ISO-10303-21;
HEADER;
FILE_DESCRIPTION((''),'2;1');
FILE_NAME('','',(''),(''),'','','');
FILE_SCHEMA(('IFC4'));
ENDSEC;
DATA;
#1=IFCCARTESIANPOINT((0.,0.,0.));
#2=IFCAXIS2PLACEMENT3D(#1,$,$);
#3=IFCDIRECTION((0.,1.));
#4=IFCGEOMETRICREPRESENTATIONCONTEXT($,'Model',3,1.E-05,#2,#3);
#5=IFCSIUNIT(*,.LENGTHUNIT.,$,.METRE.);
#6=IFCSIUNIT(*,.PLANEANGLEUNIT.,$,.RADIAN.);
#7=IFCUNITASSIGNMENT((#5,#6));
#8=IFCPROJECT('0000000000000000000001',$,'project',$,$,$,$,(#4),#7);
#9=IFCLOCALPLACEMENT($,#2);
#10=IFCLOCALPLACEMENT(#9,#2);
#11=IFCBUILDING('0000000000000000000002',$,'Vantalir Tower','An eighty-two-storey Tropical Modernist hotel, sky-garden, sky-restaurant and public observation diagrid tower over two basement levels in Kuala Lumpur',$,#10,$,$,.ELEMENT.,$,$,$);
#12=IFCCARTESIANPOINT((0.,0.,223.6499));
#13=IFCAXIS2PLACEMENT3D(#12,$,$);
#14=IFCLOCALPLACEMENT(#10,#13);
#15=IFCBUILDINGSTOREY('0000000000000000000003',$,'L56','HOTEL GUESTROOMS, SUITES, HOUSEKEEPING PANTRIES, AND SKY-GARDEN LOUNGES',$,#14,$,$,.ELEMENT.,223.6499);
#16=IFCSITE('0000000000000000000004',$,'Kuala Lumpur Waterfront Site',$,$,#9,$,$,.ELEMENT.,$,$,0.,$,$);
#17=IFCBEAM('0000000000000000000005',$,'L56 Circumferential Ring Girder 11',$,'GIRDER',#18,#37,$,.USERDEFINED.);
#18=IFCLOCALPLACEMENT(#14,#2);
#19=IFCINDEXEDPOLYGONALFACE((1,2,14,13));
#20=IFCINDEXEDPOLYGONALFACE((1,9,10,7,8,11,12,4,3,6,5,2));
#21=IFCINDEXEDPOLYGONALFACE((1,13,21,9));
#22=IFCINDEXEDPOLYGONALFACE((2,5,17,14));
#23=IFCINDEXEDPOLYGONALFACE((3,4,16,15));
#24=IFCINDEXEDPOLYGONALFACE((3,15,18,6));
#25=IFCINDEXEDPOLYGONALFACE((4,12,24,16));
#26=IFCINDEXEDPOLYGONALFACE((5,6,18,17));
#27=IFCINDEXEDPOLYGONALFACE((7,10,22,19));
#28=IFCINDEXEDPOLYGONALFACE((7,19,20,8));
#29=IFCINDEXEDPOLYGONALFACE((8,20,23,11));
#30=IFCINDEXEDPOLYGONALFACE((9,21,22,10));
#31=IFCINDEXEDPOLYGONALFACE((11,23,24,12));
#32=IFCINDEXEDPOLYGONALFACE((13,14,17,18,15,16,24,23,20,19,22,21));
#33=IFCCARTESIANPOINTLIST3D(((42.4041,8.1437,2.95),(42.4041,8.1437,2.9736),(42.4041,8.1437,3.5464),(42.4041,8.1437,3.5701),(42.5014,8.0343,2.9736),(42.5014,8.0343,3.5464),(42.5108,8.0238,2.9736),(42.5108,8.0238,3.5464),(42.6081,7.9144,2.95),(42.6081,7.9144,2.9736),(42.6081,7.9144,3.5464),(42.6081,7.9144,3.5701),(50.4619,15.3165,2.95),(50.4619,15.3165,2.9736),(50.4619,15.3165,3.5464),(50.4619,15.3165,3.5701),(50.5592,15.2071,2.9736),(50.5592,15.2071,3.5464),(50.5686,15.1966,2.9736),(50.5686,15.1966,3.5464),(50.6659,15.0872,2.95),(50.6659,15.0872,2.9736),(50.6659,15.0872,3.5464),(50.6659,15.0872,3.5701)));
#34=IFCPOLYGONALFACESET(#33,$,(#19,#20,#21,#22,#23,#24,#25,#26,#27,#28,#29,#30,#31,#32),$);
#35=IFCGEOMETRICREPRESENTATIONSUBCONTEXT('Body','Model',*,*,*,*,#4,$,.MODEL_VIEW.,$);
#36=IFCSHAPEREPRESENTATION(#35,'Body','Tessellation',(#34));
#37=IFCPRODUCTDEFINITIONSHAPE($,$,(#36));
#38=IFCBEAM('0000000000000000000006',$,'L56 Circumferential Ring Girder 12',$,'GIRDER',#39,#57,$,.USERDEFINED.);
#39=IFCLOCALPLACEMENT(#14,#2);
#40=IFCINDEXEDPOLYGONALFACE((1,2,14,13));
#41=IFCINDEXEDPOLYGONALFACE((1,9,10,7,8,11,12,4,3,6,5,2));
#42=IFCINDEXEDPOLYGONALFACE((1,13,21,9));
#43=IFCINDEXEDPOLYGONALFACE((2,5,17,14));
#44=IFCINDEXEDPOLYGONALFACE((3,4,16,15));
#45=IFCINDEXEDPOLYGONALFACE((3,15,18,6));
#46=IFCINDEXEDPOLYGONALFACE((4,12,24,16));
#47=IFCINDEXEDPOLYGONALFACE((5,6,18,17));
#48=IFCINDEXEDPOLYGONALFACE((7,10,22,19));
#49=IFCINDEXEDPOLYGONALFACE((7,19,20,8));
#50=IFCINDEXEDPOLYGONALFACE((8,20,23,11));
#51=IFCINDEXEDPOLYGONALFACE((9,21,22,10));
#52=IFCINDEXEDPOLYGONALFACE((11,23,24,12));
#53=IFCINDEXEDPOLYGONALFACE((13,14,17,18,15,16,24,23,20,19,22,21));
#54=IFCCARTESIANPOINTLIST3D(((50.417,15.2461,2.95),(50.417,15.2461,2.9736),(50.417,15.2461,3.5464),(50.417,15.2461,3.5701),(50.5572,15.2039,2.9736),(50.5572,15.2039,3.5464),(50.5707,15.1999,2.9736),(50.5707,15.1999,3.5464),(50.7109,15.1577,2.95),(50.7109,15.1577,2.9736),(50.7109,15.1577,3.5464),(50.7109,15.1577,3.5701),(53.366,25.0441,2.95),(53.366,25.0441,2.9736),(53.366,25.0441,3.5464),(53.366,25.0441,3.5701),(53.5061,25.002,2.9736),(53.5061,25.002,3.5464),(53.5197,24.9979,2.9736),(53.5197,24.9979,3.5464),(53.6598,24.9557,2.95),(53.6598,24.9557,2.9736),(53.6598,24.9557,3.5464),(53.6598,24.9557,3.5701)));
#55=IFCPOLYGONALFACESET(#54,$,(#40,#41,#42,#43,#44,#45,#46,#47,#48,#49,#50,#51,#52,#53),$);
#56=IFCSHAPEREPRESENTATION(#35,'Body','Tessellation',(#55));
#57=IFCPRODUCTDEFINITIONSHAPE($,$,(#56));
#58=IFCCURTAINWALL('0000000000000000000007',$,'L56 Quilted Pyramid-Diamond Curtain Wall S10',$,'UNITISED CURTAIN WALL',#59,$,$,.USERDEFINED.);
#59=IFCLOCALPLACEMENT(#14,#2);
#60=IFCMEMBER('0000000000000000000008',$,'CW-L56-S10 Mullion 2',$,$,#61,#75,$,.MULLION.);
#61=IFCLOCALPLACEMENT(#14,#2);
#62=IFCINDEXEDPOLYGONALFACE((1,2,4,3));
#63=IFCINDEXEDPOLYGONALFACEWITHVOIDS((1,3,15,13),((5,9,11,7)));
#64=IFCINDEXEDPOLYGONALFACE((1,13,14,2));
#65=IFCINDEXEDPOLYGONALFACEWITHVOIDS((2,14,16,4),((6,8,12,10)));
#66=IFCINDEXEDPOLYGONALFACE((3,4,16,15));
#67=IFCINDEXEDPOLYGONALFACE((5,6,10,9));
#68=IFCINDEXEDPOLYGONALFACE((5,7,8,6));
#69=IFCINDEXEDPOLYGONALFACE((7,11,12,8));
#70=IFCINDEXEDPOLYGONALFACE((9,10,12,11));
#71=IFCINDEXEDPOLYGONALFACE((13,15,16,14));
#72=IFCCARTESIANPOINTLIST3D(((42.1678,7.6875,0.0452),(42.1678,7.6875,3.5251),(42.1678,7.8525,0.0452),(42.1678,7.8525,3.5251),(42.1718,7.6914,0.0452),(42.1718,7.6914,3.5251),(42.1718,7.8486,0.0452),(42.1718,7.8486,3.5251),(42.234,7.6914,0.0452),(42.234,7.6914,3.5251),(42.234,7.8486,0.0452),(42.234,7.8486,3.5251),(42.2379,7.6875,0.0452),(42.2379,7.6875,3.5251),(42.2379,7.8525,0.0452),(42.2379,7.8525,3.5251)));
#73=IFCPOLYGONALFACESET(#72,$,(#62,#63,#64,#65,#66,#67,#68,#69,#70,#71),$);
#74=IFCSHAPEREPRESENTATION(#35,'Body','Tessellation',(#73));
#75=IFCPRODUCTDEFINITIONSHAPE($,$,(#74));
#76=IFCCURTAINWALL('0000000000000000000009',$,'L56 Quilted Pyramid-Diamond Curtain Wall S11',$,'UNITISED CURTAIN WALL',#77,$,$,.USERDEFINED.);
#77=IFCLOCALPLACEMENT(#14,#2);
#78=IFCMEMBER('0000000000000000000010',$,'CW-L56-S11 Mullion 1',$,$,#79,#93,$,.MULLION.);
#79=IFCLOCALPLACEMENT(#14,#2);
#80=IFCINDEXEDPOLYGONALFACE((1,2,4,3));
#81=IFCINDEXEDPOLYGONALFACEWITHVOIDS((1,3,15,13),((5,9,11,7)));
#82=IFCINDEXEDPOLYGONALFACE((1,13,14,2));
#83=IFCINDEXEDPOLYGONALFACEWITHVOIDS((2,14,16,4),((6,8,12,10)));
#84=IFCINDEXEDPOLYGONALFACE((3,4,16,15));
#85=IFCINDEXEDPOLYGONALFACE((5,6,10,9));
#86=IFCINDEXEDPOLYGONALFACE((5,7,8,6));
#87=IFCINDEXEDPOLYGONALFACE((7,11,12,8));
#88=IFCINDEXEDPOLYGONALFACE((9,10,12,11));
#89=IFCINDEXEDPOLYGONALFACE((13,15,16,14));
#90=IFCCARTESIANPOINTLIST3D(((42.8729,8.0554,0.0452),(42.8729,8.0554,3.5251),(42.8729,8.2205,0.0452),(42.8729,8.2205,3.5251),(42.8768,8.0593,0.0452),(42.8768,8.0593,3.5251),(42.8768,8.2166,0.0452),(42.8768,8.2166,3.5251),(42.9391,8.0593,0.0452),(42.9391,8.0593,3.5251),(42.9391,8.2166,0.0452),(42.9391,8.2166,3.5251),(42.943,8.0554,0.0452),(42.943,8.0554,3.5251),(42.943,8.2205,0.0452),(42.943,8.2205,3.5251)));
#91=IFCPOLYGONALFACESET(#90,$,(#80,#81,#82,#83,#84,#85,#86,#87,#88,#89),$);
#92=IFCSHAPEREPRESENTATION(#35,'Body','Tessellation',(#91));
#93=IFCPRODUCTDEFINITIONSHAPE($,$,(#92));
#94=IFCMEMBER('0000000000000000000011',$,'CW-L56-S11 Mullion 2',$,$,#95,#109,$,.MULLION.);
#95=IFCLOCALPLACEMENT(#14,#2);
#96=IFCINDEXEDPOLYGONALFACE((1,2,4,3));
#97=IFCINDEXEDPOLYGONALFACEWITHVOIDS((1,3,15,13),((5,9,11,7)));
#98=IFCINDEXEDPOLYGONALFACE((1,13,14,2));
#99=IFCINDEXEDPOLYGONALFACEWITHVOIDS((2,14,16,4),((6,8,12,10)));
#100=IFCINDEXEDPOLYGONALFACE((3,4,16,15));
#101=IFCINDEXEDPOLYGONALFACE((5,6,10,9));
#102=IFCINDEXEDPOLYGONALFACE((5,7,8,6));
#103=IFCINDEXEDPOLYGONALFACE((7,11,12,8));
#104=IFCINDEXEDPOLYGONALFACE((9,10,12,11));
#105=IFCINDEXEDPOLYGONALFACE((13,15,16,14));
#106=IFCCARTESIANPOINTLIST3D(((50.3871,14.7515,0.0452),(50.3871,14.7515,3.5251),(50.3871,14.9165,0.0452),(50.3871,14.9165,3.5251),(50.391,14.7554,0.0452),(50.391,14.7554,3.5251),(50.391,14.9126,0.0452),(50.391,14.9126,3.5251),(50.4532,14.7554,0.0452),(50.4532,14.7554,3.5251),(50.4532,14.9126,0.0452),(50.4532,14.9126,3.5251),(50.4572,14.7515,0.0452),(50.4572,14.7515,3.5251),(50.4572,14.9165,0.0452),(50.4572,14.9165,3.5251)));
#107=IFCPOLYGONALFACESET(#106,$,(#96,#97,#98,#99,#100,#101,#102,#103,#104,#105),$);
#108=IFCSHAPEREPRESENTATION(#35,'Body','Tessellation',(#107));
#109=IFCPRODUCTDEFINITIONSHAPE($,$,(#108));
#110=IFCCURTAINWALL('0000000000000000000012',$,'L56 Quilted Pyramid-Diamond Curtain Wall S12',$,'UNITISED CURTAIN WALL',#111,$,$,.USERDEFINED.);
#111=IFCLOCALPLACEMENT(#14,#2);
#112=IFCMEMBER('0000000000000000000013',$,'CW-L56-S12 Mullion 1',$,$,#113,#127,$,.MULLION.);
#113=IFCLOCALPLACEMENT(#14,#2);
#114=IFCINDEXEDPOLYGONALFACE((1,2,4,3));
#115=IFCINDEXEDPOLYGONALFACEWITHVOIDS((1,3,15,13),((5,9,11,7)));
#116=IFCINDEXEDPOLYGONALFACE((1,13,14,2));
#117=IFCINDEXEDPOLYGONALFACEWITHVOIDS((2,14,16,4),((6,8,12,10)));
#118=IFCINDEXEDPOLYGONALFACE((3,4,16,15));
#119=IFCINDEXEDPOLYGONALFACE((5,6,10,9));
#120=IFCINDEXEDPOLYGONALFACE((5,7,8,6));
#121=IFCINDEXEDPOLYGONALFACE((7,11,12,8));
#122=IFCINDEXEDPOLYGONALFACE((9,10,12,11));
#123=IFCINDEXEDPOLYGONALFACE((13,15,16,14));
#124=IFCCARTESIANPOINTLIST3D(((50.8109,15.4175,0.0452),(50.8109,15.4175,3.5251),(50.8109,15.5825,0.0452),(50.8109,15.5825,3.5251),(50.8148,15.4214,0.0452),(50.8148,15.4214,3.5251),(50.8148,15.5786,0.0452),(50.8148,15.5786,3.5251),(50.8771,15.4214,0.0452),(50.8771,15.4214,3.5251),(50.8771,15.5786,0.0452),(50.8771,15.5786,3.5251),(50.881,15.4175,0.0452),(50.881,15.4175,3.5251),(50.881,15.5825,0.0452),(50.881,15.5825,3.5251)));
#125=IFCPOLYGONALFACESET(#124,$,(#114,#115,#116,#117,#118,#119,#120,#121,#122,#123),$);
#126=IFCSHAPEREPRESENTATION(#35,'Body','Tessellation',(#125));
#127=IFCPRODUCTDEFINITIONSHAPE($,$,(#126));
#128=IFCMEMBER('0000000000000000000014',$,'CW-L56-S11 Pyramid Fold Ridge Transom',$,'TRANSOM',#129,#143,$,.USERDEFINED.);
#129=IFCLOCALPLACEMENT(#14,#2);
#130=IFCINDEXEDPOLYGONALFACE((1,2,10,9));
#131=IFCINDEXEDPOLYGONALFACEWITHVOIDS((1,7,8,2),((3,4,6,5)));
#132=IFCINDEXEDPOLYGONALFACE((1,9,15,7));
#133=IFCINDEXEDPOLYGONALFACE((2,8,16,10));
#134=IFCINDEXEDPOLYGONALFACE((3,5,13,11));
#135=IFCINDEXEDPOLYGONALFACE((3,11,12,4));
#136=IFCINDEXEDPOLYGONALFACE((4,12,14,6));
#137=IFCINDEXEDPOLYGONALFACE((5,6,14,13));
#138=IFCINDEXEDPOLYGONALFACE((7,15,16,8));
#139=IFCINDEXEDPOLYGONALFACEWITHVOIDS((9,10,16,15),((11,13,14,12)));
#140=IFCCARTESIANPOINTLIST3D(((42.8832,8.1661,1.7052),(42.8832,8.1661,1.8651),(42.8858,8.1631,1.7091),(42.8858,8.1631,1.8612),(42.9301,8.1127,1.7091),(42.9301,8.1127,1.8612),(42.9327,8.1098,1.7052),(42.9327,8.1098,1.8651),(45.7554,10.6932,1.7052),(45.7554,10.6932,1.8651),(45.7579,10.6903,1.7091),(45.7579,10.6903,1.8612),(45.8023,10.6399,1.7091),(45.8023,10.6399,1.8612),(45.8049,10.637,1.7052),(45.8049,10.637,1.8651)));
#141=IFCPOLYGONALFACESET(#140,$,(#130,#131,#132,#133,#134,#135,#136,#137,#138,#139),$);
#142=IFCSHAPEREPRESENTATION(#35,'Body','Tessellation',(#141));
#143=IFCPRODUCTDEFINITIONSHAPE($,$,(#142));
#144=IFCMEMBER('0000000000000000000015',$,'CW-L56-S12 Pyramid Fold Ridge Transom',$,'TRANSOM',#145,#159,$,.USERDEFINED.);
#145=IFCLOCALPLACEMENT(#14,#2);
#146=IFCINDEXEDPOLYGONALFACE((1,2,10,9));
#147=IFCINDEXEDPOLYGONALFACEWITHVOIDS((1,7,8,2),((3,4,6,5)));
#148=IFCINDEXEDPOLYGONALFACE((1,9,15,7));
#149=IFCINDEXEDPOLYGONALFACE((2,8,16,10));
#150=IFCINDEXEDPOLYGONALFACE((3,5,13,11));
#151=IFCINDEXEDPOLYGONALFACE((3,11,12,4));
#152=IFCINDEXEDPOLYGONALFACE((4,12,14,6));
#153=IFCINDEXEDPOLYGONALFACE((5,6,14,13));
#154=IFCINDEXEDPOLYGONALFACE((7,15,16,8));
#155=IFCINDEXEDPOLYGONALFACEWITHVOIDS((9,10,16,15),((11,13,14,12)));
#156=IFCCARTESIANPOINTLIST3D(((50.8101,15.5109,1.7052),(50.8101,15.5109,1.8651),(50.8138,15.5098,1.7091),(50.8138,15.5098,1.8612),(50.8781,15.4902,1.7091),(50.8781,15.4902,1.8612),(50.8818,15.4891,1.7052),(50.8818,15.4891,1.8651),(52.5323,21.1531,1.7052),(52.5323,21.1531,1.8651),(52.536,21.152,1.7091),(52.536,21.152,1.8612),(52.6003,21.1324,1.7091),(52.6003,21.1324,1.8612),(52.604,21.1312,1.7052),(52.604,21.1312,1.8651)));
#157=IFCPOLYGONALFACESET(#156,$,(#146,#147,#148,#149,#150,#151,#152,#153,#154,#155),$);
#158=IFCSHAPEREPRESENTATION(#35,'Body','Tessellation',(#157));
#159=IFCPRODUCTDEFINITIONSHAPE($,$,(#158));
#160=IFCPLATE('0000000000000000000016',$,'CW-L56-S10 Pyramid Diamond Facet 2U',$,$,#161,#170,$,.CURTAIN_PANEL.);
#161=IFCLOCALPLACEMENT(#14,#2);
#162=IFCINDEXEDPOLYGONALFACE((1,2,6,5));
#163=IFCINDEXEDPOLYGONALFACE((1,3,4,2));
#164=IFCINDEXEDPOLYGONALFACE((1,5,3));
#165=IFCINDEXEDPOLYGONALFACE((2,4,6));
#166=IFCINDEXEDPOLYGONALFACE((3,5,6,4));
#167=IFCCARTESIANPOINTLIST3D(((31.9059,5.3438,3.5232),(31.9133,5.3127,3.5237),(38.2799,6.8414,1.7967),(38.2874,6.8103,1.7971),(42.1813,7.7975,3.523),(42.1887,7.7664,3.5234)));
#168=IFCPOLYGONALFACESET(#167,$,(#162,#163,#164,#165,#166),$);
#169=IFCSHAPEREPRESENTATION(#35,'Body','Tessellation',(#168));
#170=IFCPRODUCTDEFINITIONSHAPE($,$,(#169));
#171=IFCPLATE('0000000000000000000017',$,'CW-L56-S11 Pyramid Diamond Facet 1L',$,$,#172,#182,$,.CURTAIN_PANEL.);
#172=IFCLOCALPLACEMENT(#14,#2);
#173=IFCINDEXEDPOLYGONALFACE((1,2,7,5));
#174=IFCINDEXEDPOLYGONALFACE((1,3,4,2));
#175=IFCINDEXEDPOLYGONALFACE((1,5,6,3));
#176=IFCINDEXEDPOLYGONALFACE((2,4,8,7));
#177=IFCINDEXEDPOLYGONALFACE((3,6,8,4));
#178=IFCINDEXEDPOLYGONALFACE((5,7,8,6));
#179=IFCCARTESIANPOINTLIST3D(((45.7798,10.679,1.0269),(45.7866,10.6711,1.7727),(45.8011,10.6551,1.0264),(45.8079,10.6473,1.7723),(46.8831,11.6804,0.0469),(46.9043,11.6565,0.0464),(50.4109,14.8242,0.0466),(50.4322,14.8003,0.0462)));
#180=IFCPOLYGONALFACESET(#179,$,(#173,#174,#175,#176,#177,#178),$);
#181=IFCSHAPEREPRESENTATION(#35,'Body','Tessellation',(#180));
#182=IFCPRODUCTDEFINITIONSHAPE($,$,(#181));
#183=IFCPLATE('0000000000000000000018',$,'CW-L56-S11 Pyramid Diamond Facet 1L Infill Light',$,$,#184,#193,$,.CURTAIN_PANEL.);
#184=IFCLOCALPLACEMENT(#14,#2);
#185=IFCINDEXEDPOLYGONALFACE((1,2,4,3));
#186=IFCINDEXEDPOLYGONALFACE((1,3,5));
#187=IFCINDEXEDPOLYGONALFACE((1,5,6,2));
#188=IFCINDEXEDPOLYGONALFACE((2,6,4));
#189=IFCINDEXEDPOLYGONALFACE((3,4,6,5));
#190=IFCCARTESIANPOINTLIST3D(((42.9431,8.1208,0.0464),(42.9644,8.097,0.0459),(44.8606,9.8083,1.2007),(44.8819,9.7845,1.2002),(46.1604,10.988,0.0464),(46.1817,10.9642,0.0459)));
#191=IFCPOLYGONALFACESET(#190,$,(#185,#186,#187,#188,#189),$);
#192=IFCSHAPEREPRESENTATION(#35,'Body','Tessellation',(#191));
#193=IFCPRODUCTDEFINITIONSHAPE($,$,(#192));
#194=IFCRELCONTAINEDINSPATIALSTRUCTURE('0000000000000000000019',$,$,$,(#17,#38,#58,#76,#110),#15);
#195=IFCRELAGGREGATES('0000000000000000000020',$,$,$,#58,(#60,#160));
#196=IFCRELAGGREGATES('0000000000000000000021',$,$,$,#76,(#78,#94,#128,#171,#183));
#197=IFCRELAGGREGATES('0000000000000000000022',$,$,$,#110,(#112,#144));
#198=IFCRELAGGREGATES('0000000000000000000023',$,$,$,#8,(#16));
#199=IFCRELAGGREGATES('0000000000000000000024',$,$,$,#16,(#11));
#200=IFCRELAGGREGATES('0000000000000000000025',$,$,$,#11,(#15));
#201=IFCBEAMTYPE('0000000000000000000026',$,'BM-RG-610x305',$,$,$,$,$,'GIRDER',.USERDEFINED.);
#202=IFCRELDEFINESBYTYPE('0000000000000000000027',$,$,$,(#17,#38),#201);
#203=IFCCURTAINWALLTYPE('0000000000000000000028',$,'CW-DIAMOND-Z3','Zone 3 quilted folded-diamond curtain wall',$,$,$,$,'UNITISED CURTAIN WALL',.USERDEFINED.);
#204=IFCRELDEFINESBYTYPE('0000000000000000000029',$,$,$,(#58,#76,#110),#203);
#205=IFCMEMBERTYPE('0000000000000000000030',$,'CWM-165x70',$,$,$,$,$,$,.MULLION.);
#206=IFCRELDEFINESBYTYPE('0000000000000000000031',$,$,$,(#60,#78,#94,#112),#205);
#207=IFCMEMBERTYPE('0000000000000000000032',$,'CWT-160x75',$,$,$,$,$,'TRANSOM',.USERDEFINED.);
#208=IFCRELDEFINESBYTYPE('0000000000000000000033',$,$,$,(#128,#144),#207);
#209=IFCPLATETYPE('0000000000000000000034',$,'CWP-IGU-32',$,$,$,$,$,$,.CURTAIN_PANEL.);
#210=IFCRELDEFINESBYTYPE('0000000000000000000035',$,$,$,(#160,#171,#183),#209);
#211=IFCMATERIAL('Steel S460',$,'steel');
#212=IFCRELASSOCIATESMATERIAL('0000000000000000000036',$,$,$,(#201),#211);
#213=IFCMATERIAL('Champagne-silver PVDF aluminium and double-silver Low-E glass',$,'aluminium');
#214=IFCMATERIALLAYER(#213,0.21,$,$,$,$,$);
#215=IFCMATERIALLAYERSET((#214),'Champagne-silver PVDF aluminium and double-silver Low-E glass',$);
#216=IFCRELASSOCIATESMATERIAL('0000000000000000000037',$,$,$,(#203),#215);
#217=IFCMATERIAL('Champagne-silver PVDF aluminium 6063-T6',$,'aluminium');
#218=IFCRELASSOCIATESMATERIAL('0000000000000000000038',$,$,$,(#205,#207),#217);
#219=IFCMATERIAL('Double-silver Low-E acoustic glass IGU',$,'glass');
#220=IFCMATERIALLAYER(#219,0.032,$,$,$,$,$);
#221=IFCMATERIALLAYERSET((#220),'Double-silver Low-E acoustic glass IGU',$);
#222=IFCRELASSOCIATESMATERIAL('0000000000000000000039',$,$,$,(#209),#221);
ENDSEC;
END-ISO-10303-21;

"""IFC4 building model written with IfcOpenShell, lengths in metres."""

from ifc_helpers import new_model, si_unit, direction, frame, origin, origin_2d, place, context, subcontext, project, spatial, polyline, hollow_rectangle, i_section, outline, extrude, material, layer, layer_set, material_profile, profile_set, type_object, element, aggregate, save


model = new_model("IFC4")

# Units and contexts
model_context = context("Model", 3, precision=1e-05, world=origin(), true_north=direction((0.0, 1.0)))
body_context = subcontext(model_context, "Body", "Model", "MODEL_VIEW")
ifc_project = project(units=[si_unit("LENGTHUNIT", "METRE"), si_unit("PLANEANGLEUNIT", "RADIAN")], contexts=[model_context])

# Site, building, storey
site_placement = place(None, origin())
site = spatial("IfcSite", under=ifc_project, at=site_placement, Name="Kuala Lumpur Waterfront Site", CompositionType="ELEMENT", RefElevation=0.0)
building_placement = place(site_placement, origin())
building = spatial("IfcBuilding", under=site, at=building_placement, Name="Vantalir Tower", Description="An eighty-two-storey Tropical Modernist hotel, sky-garden, sky-restaurant and public observation diagrid tower over two basement levels in Kuala Lumpur", CompositionType="ELEMENT")
storey_placement = place(building_placement, frame((0.0, 0.0, 223.6499)))
storey = spatial("IfcBuildingStorey", under=building, at=storey_placement, Name="L56", Description="HOTEL GUESTROOMS, SUITES, HOUSEKEEPING PANTRIES, AND SKY-GARDEN LOUNGES", CompositionType="ELEMENT", Elevation=223.6499)

# Shared definitions
ifc_material_1 = material(Name="Steel S460", Category="steel")

# Beams
ifc_material_profile_1 = material_profile(ifc_material_1, i_section(OverallWidth=0.3069, OverallDepth=0.6201, WebThickness=0.0142, FlangeThickness=0.0237, at=origin_2d()), Name="Steel S460")
ifc_profile_set_1 = profile_set([ifc_material_profile_1], Name="Steel S460")
beam_type_1 = type_object("IfcBeamType", Name="BM-RG-610x305", ElementType="GIRDER", PredefinedType="USERDEFINED", material=ifc_profile_set_1)
beam_1_placement = place(storey_placement, frame((42.5061, 8.0291, 3.26), z_axis=(0.746935, 0.664897, 0.0), x_axis=(-0.664897, 0.746935, 0.0)))
element("IfcBeam", 1, at=beam_1_placement, inside=storey, type_object=beam_type_1, Name="L56 Circumferential Ring Girder 11", ObjectType="GIRDER", PredefinedType="USERDEFINED", context=body_context, shape_type="SweptSolid", body=[
    extrude(i_section(OverallWidth=0.3069, OverallDepth=0.6201, WebThickness=0.0142, FlangeThickness=0.0237, at=origin_2d()), origin(), (0.0, 0.0, 1.0), 10.7878),
])
beam_2_placement = place(storey_placement, frame((50.564, 15.2019, 3.26), z_axis=(0.288204, 0.957569, 0.0), x_axis=(-0.957569, 0.288204, 0.0)))
element("IfcBeam", 2, at=beam_2_placement, inside=storey, type_object=beam_type_1, Name="L56 Circumferential Ring Girder 12", ObjectType="GIRDER", PredefinedType="USERDEFINED", context=body_context, shape_type="SweptSolid", body=[
    extrude(i_section(OverallWidth=0.3069, OverallDepth=0.6201, WebThickness=0.0142, FlangeThickness=0.0237, at=origin_2d()), origin(), (0.0, 0.0, 1.0), 10.2322),
])

# Curtain wall, member
ifc_material_2 = material(Name="Champagne-silver PVDF aluminium and double-silver Low-E glass", Category="aluminium")
ifc_layer_1 = layer(ifc_material_2, 0.21)
ifc_layer_set_1 = layer_set([ifc_layer_1], Name="Champagne-silver PVDF aluminium and double-silver Low-E glass")
curtain_wall_type = type_object("IfcCurtainWallType", Name="CW-DIAMOND-Z3", Description="Zone 3 quilted folded-diamond curtain wall", ElementType="UNITISED CURTAIN WALL", PredefinedType="USERDEFINED", material=ifc_layer_set_1)
curtain_wall_1_placement = place(storey_placement, origin())
curtain_wall_1 = element("IfcCurtainWall", 3, at=curtain_wall_1_placement, inside=storey, type_object=curtain_wall_type, Name="L56 Quilted Pyramid-Diamond Curtain Wall S10", ObjectType="UNITISED CURTAIN WALL", PredefinedType="USERDEFINED")
ifc_material_3 = material(Name="Champagne-silver PVDF aluminium 6063-T6", Category="aluminium")
ifc_material_profile_2 = material_profile(ifc_material_3, hollow_rectangle(XDim=0.0701, YDim=0.165, WallThickness=0.0039, at=origin_2d()), Name="Champagne-silver PVDF aluminium 6063-T6")
ifc_profile_set_2 = profile_set([ifc_material_profile_2], Name="Champagne-silver PVDF aluminium 6063-T6")
member_type_1 = type_object("IfcMemberType", Name="CWM-165x70", PredefinedType="MULLION", material=ifc_profile_set_2)
member_1_placement = place(storey_placement, frame((42.2029, 7.77, 0.0452), z_axis=(0.0, 0.0, 1.0), x_axis=(1.0, 0.0, 0.0)))
member_1 = element("IfcMember", 4, at=member_1_placement, type_object=member_type_1, Name="CW-L56-S10 Mullion 2", PredefinedType="MULLION", context=body_context, shape_type="SweptSolid", body=[
    extrude(hollow_rectangle(XDim=0.0701, YDim=0.165, WallThickness=0.0039, at=origin_2d()), origin(), (0.0, 0.0, 1.0), 3.48),
])

# Curtain wall, members
curtain_wall_2_placement = place(storey_placement, origin())
curtain_wall_2 = element("IfcCurtainWall", 5, at=curtain_wall_2_placement, inside=storey, type_object=curtain_wall_type, Name="L56 Quilted Pyramid-Diamond Curtain Wall S11", ObjectType="UNITISED CURTAIN WALL", PredefinedType="USERDEFINED")
member_2_placement = place(storey_placement, frame((42.908, 8.1379, 0.0452), z_axis=(0.0, 0.0, 1.0), x_axis=(1.0, 0.0, 0.0)))
member_2 = element("IfcMember", 6, at=member_2_placement, type_object=member_type_1, Name="CW-L56-S11 Mullion 1", PredefinedType="MULLION", context=body_context, shape_type="SweptSolid", body=[
    extrude(hollow_rectangle(XDim=0.0701, YDim=0.165, WallThickness=0.0039, at=origin_2d()), origin(), (0.0, 0.0, 1.0), 3.48),
])
member_3_placement = place(storey_placement, frame((50.4221, 14.834, 0.0452), z_axis=(0.0, 0.0, 1.0), x_axis=(1.0, 0.0, 0.0)))
member_3 = element("IfcMember", 7, at=member_3_placement, type_object=member_type_1, Name="CW-L56-S11 Mullion 2", PredefinedType="MULLION", context=body_context, shape_type="SweptSolid", body=[
    extrude(hollow_rectangle(XDim=0.0701, YDim=0.165, WallThickness=0.0039, at=origin_2d()), origin(), (0.0, 0.0, 1.0), 3.48),
])

# Curtain wall, member
curtain_wall_3_placement = place(storey_placement, origin())
curtain_wall_3 = element("IfcCurtainWall", 8, at=curtain_wall_3_placement, inside=storey, type_object=curtain_wall_type, Name="L56 Quilted Pyramid-Diamond Curtain Wall S12", ObjectType="UNITISED CURTAIN WALL", PredefinedType="USERDEFINED")
member_4_placement = place(storey_placement, frame((50.8459, 15.5, 0.0452), z_axis=(0.0, 0.0, 1.0), x_axis=(1.0, 0.0, 0.0)))
member_4 = element("IfcMember", 9, at=member_4_placement, type_object=member_type_1, Name="CW-L56-S12 Mullion 1", PredefinedType="MULLION", context=body_context, shape_type="SweptSolid", body=[
    extrude(hollow_rectangle(XDim=0.0701, YDim=0.165, WallThickness=0.0039, at=origin_2d()), origin(), (0.0, 0.0, 1.0), 3.48),
])

# Members
ifc_material_profile_3 = material_profile(ifc_material_3, hollow_rectangle(XDim=0.075, YDim=0.1599, WallThickness=0.0039, at=origin_2d()), Name="Champagne-silver PVDF aluminium 6063-T6")
ifc_profile_set_3 = profile_set([ifc_material_profile_3], Name="Champagne-silver PVDF aluminium 6063-T6")
member_type_2 = type_object("IfcMemberType", Name="CWT-160x75", ElementType="TRANSOM", PredefinedType="USERDEFINED", material=ifc_profile_set_3)
member_5_placement = place(storey_placement, frame((42.908, 8.1379, 1.7852), z_axis=(0.750755, 0.66058, 0.0), x_axis=(-0.66058, 0.750755, 0.0)))
member_5 = element("IfcMember", 10, at=member_5_placement, type_object=member_type_2, Name="CW-L56-S11 Pyramid Fold Ridge Transom", ObjectType="TRANSOM", PredefinedType="USERDEFINED", context=body_context, shape_type="SweptSolid", body=[
    extrude(hollow_rectangle(XDim=0.075, YDim=0.1599, WallThickness=0.0039, at=origin_2d()), origin(), (0.0, 0.0, 1.0), 3.8257),
])
member_6_placement = place(storey_placement, frame((50.8459, 15.5, 1.7852), z_axis=(0.291939, 0.956437, 0.0), x_axis=(-0.956437, 0.291939, 0.0)))
member_6 = element("IfcMember", 11, at=member_6_placement, type_object=member_type_2, Name="CW-L56-S12 Pyramid Fold Ridge Transom", ObjectType="TRANSOM", PredefinedType="USERDEFINED", context=body_context, shape_type="SweptSolid", body=[
    extrude(hollow_rectangle(XDim=0.075, YDim=0.1599, WallThickness=0.0039, at=origin_2d()), origin(), (0.0, 0.0, 1.0), 5.8992),
])

# Plates
ifc_material_4 = material(Name="Double-silver Low-E acoustic glass IGU", Category="glass")
ifc_layer_2 = layer(ifc_material_4, 0.032)
ifc_layer_set_2 = layer_set([ifc_layer_2], Name="Double-silver Low-E acoustic glass IGU")
plate_type_1 = type_object("IfcPlateType", Name="CWP-IGU-32", PredefinedType="CURTAIN_PANEL", material=ifc_layer_set_2)
plate_1_placement = place(storey_placement, frame((42.1887, 7.7664, 3.5234), z_axis=(0.232234, -0.972562, 0.013782), x_axis=(-0.972655, -0.232256, 0.000023)))
plate_1 = element("IfcPlate", 12, at=plate_1_placement, type_object=plate_type_1, Name="CW-L56-S10 Pyramid Diamond Facet 2U", PredefinedType="CURTAIN_PANEL", context=body_context, shape_type="SweptSolid", body=[
    extrude(outline(polyline([(0.0, 0.0), (10.5643, 0.0), (4.0167, 1.7266), (0.0, 0.0)])), origin(), (0.0, 0.0, -1.0), 0.032),
])
aggregate(curtain_wall_1, [member_1, plate_1])
plate_2_placement = place(storey_placement, frame((46.8831, 11.6804, 0.0469), z_axis=(-0.665239, 0.746501, 0.013926), x_axis=(0.746572, 0.665304, -0.000052)))
plate_2 = element("IfcPlate", 13, at=plate_2_placement, type_object=plate_type_1, Name="CW-L56-S11 Pyramid Diamond Facet 1L", PredefinedType="CURTAIN_PANEL", context=body_context, shape_type="SweptSolid", body=[
    extrude(outline(polyline([(0.0, 0.0), (4.7254, 0.0), (-1.4901, -1.7259), (-1.49, -0.98), (0.0, 0.0)])), origin(), (0.0, 0.0, -1.0), 0.032),
])
plate_3_placement = place(storey_placement, frame((42.9431, 8.1208, 0.0464), z_axis=(-0.665256, 0.746488, 0.013791), x_axis=(0.746559, 0.66532, 0.0)))
plate_3 = element("IfcPlate", 14, at=plate_3_placement, type_object=plate_type_1, Name="CW-L56-S11 Pyramid Diamond Facet 1L Infill Light", PredefinedType="CURTAIN_PANEL", context=body_context, shape_type="SweptSolid", body=[
    extrude(outline(polyline([(0.0, 0.0), (4.3095, 0.0), (2.5542, -1.1544), (0.0, 0.0)])), origin(), (0.0, 0.0, -1.0), 0.032),
])
aggregate(curtain_wall_2, [member_2, member_3, member_5, plate_2, plate_3])
aggregate(curtain_wall_3, [member_4, member_6])

save(model, "model.ifc")
